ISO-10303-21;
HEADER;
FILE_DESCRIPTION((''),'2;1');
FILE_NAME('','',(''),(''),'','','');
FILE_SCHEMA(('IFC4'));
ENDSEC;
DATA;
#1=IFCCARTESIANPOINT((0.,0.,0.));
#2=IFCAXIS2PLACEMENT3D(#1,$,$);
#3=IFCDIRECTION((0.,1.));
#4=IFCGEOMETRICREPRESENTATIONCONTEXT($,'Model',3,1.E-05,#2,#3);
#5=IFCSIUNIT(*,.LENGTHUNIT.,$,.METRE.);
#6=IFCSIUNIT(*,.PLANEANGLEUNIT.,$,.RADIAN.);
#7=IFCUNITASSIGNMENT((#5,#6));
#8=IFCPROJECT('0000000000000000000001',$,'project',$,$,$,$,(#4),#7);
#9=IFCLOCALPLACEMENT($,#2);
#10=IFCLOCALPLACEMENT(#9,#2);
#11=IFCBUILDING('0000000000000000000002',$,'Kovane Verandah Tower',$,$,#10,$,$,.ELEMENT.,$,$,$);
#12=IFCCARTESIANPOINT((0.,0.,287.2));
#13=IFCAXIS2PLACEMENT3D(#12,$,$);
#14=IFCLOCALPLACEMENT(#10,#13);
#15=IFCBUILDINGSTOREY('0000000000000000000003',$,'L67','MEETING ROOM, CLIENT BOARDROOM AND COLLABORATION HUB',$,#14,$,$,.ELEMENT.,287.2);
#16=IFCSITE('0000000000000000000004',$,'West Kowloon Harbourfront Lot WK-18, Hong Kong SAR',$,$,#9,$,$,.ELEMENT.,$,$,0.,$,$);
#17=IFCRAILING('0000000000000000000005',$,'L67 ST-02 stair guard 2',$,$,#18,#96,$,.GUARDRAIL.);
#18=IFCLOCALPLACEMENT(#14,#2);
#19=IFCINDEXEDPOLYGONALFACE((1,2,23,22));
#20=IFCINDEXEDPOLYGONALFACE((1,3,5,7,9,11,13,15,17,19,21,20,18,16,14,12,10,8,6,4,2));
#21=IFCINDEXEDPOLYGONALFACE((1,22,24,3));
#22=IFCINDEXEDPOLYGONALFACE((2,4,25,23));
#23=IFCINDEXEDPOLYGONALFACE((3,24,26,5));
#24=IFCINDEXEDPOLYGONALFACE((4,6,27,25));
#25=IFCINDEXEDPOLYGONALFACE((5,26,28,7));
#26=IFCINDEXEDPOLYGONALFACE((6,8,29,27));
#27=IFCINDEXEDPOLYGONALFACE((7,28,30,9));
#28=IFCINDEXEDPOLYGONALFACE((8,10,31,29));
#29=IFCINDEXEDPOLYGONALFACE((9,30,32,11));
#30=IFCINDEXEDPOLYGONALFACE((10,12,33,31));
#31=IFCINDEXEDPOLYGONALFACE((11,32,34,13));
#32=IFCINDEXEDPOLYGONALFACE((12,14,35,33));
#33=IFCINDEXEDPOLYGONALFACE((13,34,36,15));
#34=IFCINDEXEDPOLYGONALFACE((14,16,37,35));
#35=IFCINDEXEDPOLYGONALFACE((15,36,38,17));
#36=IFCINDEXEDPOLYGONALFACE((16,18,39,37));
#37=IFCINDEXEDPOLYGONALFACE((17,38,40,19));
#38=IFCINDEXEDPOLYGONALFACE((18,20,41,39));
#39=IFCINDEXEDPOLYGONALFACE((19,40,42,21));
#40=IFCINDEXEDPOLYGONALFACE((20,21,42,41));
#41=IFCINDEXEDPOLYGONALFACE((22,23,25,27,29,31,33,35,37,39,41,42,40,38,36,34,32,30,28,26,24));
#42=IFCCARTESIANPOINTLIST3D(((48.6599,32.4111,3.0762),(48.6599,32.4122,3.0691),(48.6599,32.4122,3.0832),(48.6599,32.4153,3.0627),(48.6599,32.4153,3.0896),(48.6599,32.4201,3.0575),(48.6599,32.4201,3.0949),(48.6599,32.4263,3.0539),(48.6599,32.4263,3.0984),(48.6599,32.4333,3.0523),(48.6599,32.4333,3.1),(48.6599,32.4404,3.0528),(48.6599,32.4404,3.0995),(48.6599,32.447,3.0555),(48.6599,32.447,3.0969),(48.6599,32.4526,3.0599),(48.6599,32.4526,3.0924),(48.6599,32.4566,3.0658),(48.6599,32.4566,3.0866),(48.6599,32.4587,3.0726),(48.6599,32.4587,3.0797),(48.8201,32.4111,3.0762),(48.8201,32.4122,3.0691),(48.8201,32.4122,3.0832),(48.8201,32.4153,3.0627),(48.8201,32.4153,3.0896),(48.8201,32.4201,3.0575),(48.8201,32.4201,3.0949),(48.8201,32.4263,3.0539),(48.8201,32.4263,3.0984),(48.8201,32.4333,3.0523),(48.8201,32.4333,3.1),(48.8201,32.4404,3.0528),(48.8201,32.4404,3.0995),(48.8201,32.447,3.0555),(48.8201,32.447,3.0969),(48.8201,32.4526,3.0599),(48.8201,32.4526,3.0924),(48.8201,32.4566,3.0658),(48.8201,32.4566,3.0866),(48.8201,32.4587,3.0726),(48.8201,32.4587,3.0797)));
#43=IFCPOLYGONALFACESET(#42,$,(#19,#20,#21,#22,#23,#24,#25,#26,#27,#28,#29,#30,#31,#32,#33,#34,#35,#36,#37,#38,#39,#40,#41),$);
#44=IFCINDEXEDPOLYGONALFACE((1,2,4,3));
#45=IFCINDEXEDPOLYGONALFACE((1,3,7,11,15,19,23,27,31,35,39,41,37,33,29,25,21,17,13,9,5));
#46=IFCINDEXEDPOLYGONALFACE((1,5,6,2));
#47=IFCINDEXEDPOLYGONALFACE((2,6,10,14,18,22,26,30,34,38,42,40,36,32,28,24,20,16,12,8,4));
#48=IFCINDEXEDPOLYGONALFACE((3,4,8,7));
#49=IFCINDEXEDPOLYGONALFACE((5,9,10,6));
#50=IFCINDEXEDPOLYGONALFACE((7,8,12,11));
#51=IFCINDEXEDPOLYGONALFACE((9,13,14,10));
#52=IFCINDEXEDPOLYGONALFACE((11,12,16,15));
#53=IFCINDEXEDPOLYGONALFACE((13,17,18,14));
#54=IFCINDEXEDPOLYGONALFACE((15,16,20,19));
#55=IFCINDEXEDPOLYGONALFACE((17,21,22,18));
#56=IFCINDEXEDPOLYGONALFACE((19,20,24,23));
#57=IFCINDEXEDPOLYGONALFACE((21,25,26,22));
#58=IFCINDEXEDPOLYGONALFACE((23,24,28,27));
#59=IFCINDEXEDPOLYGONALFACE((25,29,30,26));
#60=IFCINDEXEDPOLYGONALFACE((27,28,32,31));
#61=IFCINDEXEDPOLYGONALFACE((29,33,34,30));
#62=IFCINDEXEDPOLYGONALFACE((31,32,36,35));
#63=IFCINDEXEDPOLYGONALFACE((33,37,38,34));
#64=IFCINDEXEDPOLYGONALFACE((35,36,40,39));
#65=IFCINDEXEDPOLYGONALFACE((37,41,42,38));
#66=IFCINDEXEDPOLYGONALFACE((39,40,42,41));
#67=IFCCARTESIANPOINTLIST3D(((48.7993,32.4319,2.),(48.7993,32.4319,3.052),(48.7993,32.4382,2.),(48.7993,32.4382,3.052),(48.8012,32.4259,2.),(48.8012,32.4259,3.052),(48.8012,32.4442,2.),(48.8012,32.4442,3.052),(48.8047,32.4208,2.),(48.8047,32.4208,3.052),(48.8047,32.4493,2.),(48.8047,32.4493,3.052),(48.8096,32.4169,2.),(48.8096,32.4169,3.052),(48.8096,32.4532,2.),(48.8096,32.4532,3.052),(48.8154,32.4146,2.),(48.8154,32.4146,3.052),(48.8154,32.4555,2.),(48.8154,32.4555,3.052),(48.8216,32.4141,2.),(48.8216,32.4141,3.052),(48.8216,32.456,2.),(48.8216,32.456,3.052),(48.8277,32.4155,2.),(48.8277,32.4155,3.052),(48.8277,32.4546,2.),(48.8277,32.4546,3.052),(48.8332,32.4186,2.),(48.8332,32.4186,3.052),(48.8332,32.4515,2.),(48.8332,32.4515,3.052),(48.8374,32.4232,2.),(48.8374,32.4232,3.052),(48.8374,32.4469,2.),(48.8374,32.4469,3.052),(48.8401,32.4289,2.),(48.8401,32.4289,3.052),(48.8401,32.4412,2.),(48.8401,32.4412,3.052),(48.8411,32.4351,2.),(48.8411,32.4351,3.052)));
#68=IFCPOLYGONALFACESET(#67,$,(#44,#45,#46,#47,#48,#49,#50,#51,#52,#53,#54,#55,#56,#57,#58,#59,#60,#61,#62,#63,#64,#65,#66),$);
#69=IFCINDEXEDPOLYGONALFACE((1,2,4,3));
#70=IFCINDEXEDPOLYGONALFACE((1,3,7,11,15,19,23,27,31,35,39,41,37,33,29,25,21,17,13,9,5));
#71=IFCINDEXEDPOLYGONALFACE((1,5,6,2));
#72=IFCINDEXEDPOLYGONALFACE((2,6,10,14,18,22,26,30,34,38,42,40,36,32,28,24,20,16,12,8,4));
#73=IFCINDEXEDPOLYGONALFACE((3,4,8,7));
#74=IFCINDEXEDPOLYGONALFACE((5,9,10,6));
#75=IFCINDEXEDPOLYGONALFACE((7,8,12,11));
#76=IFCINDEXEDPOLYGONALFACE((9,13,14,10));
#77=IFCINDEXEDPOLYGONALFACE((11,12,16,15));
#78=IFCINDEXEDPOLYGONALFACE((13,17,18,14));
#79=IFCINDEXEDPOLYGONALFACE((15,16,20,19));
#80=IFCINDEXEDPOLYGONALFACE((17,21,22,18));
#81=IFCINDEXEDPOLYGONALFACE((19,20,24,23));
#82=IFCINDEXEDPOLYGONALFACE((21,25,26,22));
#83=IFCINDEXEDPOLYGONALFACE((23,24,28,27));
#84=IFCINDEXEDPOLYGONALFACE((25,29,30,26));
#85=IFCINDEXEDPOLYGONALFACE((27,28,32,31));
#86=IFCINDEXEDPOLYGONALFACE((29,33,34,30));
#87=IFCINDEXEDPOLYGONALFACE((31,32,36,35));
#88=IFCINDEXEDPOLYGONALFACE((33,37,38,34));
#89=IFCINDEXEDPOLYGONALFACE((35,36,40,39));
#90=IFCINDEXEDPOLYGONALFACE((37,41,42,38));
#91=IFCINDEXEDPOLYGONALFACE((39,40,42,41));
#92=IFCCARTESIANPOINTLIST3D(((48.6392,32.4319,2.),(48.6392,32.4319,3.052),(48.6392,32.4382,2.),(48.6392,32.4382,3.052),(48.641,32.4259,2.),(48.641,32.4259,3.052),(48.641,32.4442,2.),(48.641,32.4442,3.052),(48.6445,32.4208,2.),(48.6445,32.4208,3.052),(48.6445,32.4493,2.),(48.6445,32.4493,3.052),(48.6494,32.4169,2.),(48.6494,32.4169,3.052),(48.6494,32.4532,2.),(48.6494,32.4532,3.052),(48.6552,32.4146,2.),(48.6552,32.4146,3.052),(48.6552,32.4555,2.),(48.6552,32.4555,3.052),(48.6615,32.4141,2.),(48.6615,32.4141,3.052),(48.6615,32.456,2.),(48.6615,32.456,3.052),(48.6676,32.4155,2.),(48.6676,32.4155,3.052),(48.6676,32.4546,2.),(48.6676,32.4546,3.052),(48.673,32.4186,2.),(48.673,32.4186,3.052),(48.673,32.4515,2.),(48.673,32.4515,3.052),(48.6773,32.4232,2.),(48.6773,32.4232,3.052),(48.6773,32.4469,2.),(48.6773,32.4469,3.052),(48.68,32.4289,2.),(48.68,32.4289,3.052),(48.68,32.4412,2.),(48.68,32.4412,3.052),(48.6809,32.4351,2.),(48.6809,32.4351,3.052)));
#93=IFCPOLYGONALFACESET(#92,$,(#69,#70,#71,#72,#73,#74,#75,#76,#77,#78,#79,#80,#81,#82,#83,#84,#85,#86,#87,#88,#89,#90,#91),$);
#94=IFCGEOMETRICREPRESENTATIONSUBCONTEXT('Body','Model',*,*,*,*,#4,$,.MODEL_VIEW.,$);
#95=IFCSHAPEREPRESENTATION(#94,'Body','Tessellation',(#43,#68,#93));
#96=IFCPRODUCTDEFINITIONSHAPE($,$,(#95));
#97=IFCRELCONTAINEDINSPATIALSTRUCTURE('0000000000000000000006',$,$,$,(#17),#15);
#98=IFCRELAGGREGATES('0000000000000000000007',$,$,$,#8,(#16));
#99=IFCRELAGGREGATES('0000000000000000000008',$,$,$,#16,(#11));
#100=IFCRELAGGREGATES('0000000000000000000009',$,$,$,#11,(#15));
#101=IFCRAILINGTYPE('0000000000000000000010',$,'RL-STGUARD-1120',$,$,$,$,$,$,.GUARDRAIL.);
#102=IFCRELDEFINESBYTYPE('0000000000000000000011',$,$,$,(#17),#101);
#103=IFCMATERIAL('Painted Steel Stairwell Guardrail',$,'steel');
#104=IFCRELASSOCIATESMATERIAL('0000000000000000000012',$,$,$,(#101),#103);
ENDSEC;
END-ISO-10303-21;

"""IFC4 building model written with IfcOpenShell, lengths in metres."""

from ifc_helpers import new_model, si_unit, direction, frame, origin, origin_2d, place, context, subcontext, project, spatial, circle, extrude, material, type_object, element, save


model = new_model("IFC4")

# Units and contexts
model_context = context("Model", 3, precision=1e-05, world=origin(), true_north=direction((0.0, 1.0)))
body_context = subcontext(model_context, "Body", "Model", "MODEL_VIEW")
ifc_project = project(units=[si_unit("LENGTHUNIT", "METRE"), si_unit("PLANEANGLEUNIT", "RADIAN")], contexts=[model_context])

# Site, building, storey
site_placement = place(None, origin())
site = spatial("IfcSite", under=ifc_project, at=site_placement, Name="West Kowloon Harbourfront Lot WK-18, Hong Kong SAR", CompositionType="ELEMENT", RefElevation=0.0)
building_placement = place(site_placement, origin())
building = spatial("IfcBuilding", under=site, at=building_placement, Name="Kovane Verandah Tower", CompositionType="ELEMENT")
storey_placement = place(building_placement, frame((0.0, 0.0, 287.2)))
storey = spatial("IfcBuildingStorey", under=building, at=storey_placement, Name="L67", Description="MEETING ROOM, CLIENT BOARDROOM AND COLLABORATION HUB", CompositionType="ELEMENT", Elevation=287.2)

# Railing
ifc_material_1 = material(Name="Painted Steel Stairwell Guardrail", Category="steel")
railing_type_1 = type_object("IfcRailingType", Name="RL-STGUARD-1120", PredefinedType="GUARDRAIL", material=ifc_material_1)
railing_1_placement = place(storey_placement, frame((48.8201, 32.4351, 2.0)))
element("IfcRailing", 1, at=railing_1_placement, inside=storey, type_object=railing_type_1, Name="L67 ST-02 stair guard 2", PredefinedType="GUARDRAIL", context=body_context, shape_type="SweptSolid", body=[
    extrude(circle(Radius=0.0239, at=origin_2d()), frame((0.0, 0.0, 1.0762), z_axis=(-1.0, 0.0, 0.0), x_axis=(0.0, -1.0, 0.0)), (0.0, 0.0, 1.0), 0.1602),
    extrude(circle(Radius=0.021, at=origin_2d()), origin(), (0.0, 0.0, 1.0), 1.052),
    extrude(circle(Radius=0.021, at=origin_2d()), frame((-0.1602, 0.0, 0.0)), (0.0, 0.0, 1.0), 1.052),
])

save(model, "model.ifc")
